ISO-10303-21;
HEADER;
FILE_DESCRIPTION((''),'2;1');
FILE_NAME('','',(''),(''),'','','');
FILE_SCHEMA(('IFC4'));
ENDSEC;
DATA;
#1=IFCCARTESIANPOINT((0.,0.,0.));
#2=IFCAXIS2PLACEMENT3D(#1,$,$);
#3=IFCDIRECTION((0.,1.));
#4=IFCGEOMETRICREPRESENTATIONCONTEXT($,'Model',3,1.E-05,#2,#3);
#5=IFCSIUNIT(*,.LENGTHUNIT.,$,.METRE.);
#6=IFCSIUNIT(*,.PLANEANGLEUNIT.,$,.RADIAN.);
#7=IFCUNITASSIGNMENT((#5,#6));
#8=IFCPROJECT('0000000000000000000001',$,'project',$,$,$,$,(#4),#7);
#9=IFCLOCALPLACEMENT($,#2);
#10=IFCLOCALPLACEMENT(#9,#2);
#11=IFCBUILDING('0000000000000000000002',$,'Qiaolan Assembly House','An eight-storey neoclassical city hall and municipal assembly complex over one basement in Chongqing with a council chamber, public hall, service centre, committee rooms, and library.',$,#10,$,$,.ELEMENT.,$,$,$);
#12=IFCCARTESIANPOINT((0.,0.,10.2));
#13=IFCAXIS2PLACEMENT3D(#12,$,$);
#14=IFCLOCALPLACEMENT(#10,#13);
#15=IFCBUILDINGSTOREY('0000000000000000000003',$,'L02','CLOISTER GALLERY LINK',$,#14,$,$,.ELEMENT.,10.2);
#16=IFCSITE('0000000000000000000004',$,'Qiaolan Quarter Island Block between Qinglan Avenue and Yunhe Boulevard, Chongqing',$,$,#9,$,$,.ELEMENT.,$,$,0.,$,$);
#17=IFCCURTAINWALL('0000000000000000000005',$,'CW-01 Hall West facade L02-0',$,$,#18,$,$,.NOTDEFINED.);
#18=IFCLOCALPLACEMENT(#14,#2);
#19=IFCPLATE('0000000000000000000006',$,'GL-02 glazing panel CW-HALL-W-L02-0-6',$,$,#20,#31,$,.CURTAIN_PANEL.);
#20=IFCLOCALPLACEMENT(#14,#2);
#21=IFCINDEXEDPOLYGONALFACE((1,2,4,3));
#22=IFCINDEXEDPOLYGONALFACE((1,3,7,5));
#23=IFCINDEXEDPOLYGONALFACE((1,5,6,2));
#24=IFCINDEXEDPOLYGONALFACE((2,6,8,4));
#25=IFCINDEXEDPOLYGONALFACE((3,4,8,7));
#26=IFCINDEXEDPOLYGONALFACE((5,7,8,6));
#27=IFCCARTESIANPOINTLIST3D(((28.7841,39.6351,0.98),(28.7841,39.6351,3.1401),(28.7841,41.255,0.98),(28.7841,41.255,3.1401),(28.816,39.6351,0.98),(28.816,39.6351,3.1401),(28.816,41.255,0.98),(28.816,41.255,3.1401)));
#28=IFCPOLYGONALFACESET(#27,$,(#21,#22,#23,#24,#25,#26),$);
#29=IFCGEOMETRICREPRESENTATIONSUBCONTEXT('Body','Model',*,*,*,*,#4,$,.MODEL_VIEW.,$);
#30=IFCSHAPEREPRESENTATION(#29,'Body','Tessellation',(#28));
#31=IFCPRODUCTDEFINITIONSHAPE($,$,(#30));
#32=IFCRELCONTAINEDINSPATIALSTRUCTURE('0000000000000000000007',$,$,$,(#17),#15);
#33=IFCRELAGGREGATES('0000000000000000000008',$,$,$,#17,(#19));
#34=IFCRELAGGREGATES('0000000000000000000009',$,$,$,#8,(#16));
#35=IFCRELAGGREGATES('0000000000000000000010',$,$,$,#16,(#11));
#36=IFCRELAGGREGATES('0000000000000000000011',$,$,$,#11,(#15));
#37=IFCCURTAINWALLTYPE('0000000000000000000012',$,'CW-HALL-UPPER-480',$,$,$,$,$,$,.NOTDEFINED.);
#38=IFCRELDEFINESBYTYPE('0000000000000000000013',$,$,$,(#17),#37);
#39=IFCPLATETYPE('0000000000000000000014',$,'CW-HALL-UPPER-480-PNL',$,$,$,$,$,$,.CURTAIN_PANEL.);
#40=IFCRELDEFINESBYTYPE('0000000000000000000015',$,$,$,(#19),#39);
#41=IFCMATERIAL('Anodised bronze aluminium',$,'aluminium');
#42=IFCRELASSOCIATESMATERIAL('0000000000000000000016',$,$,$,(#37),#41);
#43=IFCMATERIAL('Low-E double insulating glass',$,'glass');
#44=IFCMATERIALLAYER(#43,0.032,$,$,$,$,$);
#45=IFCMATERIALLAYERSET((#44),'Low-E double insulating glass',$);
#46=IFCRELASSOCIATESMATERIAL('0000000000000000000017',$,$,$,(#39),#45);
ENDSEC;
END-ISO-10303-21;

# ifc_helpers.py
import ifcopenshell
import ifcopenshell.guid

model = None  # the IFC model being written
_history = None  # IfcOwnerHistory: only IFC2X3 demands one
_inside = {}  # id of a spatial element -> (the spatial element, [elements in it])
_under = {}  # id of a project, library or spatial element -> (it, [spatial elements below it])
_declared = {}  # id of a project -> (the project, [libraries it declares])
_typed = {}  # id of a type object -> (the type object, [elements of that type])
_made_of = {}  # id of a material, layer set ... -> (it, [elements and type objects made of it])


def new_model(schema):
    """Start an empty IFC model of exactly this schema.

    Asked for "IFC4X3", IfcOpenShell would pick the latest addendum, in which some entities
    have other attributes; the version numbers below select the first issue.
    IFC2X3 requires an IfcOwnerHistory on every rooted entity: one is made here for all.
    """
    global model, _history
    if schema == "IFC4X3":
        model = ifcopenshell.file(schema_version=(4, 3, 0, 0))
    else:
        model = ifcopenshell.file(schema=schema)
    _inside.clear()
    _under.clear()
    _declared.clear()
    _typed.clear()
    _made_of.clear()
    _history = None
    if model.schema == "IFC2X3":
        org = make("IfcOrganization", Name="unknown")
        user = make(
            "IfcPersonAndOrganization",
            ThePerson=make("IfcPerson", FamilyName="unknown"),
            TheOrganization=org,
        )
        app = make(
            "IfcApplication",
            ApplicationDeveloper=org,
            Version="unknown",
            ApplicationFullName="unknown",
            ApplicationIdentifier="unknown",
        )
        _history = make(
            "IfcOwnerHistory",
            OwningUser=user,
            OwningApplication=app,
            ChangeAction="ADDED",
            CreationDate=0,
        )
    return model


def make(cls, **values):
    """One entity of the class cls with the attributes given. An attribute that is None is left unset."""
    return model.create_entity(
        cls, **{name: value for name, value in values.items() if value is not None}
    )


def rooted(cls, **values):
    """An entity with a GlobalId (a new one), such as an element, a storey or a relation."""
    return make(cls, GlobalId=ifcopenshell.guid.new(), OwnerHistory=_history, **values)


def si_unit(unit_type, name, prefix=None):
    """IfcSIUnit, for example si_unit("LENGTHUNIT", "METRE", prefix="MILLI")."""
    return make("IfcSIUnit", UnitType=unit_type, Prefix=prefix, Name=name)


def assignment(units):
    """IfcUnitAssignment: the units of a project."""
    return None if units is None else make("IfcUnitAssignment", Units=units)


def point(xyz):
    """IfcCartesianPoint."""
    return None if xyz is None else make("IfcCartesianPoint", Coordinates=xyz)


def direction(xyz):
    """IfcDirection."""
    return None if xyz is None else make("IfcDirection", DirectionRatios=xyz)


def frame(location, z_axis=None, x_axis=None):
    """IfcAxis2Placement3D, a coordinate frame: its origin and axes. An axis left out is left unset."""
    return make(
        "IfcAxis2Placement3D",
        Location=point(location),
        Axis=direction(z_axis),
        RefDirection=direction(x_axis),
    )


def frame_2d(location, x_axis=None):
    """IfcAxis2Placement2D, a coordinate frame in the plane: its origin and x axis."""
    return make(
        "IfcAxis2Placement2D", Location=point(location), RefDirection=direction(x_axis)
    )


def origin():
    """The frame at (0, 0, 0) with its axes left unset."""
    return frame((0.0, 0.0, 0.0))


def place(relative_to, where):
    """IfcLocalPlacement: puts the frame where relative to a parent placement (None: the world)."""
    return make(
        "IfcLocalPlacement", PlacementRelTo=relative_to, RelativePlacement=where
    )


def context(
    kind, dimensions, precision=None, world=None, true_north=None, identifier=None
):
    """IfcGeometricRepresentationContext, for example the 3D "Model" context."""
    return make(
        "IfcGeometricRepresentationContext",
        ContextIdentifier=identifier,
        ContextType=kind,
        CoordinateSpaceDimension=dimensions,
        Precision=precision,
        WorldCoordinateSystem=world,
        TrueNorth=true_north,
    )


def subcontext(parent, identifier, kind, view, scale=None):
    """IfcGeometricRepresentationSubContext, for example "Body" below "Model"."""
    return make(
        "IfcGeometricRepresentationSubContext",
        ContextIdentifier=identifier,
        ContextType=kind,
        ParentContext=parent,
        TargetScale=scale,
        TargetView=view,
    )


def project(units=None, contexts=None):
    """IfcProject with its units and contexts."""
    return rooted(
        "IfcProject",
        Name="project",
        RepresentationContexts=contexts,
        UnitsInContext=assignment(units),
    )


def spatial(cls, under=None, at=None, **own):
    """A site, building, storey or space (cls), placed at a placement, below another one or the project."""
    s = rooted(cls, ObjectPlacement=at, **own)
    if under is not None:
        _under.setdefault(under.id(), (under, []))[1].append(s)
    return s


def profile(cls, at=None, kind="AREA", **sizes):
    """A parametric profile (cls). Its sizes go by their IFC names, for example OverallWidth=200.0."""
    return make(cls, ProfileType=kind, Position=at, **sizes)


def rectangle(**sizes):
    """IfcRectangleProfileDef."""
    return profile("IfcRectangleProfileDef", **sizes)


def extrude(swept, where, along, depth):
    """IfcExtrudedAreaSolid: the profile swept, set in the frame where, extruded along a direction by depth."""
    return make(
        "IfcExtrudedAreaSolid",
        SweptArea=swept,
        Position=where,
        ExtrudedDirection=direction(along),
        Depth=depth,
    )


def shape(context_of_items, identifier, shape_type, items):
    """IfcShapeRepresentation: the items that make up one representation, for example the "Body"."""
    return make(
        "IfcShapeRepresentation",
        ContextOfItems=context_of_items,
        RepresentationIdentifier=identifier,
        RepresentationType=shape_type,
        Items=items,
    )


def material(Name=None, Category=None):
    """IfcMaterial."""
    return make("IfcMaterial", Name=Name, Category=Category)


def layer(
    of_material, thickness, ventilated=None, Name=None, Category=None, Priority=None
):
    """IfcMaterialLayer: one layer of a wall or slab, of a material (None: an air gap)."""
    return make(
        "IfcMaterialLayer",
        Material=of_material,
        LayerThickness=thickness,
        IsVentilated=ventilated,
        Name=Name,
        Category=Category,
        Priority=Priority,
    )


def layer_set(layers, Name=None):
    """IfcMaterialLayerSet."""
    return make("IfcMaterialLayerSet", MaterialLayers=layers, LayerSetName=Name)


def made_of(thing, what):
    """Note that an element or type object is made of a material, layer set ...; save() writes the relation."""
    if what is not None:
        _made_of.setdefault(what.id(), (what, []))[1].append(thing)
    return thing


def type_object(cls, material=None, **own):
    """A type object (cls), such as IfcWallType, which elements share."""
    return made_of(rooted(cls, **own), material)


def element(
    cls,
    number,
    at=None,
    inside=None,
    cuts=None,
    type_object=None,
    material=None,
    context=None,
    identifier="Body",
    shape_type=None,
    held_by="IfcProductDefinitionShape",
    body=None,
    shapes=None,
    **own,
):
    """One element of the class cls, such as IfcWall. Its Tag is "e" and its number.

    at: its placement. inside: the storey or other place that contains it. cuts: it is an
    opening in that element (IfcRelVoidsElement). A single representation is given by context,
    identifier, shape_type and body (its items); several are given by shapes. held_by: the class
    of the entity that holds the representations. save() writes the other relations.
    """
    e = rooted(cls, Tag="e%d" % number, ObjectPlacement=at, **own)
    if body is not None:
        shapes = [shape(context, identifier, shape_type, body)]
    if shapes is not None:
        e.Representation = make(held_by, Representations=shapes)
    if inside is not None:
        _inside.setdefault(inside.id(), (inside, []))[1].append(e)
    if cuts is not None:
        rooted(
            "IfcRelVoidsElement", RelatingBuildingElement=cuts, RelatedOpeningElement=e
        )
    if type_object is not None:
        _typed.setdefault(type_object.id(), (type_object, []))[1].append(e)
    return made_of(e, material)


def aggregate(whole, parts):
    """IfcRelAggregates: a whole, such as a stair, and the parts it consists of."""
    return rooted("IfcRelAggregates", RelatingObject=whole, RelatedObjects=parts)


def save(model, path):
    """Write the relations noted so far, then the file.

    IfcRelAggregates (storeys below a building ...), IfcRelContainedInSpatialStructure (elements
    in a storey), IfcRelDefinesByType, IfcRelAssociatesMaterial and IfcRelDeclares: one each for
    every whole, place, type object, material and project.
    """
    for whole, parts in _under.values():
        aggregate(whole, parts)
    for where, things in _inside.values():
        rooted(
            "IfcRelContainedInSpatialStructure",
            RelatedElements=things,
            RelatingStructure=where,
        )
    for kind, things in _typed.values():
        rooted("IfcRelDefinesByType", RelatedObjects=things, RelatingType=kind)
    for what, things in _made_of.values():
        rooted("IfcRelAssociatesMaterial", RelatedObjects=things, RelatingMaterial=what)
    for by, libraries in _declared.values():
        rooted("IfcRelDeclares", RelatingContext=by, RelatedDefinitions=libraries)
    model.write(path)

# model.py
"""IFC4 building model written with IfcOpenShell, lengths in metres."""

from ifc_helpers import new_model, si_unit, direction, frame, frame_2d, origin, place, context, subcontext, project, spatial, rectangle, extrude, material, layer, layer_set, type_object, element, aggregate, save


model = new_model("IFC4")

# Units and contexts
model_context = context("Model", 3, precision=1e-05, world=origin(), true_north=direction((0.0, 1.0)))
body_context = subcontext(model_context, "Body", "Model", "MODEL_VIEW")
ifc_project = project(units=[si_unit("LENGTHUNIT", "METRE"), si_unit("PLANEANGLEUNIT", "RADIAN")], contexts=[model_context])

# Site, building, storey
site_placement = place(None, origin())
site = spatial("IfcSite", under=ifc_project, at=site_placement, Name="Qiaolan Quarter Island Block between Qinglan Avenue and Yunhe Boulevard, Chongqing", CompositionType="ELEMENT", RefElevation=0.0)
building_placement = place(site_placement, origin())
building = spatial("IfcBuilding", under=site, at=building_placement, Name="Qiaolan Assembly House", Description="An eight-storey neoclassical city hall and municipal assembly complex over one basement in Chongqing with a council chamber, public hall, service centre, committee rooms, and library.", CompositionType="ELEMENT")
storey_placement = place(building_placement, frame((0.0, 0.0, 10.2)))
storey = spatial("IfcBuildingStorey", under=building, at=storey_placement, Name="L02", Description="CLOISTER GALLERY LINK", CompositionType="ELEMENT", Elevation=10.2)

# Curtain wall, plate
ifc_material_1 = material(Name="Anodised bronze aluminium", Category="aluminium")
curtain_wall_type = type_object("IfcCurtainWallType", Name="CW-HALL-UPPER-480", PredefinedType="NOTDEFINED", material=ifc_material_1)
curtain_wall_placement = place(storey_placement, origin())
curtain_wall = element("IfcCurtainWall", 1, at=curtain_wall_placement, inside=storey, type_object=curtain_wall_type, Name="CW-01 Hall West facade L02-0", PredefinedType="NOTDEFINED")
ifc_material_2 = material(Name="Low-E double insulating glass", Category="glass")
ifc_layer = layer(ifc_material_2, 0.032)
ifc_layer_set = layer_set([ifc_layer], Name="Low-E double insulating glass")
plate_type = type_object("IfcPlateType", Name="CW-HALL-UPPER-480-PNL", PredefinedType="CURTAIN_PANEL", material=ifc_layer_set)
plate_1_placement = place(storey_placement, frame((28.8, 39.635, 0.98), z_axis=(0.0, 0.0, 1.0), x_axis=(0.0, 1.0, 0.0)))
plate_1 = element("IfcPlate", 2, at=plate_1_placement, type_object=plate_type, Name="GL-02 glazing panel CW-HALL-W-L02-0-6", PredefinedType="CURTAIN_PANEL", context=body_context, shape_type="SweptSolid", body=[
    extrude(rectangle(XDim=1.6199, YDim=0.032, at=frame_2d((0.8101, 0.0))), origin(), (0.0, 0.0, 1.0), 2.1602),
])
aggregate(curtain_wall, [plate_1])

save(model, "model.ifc")
